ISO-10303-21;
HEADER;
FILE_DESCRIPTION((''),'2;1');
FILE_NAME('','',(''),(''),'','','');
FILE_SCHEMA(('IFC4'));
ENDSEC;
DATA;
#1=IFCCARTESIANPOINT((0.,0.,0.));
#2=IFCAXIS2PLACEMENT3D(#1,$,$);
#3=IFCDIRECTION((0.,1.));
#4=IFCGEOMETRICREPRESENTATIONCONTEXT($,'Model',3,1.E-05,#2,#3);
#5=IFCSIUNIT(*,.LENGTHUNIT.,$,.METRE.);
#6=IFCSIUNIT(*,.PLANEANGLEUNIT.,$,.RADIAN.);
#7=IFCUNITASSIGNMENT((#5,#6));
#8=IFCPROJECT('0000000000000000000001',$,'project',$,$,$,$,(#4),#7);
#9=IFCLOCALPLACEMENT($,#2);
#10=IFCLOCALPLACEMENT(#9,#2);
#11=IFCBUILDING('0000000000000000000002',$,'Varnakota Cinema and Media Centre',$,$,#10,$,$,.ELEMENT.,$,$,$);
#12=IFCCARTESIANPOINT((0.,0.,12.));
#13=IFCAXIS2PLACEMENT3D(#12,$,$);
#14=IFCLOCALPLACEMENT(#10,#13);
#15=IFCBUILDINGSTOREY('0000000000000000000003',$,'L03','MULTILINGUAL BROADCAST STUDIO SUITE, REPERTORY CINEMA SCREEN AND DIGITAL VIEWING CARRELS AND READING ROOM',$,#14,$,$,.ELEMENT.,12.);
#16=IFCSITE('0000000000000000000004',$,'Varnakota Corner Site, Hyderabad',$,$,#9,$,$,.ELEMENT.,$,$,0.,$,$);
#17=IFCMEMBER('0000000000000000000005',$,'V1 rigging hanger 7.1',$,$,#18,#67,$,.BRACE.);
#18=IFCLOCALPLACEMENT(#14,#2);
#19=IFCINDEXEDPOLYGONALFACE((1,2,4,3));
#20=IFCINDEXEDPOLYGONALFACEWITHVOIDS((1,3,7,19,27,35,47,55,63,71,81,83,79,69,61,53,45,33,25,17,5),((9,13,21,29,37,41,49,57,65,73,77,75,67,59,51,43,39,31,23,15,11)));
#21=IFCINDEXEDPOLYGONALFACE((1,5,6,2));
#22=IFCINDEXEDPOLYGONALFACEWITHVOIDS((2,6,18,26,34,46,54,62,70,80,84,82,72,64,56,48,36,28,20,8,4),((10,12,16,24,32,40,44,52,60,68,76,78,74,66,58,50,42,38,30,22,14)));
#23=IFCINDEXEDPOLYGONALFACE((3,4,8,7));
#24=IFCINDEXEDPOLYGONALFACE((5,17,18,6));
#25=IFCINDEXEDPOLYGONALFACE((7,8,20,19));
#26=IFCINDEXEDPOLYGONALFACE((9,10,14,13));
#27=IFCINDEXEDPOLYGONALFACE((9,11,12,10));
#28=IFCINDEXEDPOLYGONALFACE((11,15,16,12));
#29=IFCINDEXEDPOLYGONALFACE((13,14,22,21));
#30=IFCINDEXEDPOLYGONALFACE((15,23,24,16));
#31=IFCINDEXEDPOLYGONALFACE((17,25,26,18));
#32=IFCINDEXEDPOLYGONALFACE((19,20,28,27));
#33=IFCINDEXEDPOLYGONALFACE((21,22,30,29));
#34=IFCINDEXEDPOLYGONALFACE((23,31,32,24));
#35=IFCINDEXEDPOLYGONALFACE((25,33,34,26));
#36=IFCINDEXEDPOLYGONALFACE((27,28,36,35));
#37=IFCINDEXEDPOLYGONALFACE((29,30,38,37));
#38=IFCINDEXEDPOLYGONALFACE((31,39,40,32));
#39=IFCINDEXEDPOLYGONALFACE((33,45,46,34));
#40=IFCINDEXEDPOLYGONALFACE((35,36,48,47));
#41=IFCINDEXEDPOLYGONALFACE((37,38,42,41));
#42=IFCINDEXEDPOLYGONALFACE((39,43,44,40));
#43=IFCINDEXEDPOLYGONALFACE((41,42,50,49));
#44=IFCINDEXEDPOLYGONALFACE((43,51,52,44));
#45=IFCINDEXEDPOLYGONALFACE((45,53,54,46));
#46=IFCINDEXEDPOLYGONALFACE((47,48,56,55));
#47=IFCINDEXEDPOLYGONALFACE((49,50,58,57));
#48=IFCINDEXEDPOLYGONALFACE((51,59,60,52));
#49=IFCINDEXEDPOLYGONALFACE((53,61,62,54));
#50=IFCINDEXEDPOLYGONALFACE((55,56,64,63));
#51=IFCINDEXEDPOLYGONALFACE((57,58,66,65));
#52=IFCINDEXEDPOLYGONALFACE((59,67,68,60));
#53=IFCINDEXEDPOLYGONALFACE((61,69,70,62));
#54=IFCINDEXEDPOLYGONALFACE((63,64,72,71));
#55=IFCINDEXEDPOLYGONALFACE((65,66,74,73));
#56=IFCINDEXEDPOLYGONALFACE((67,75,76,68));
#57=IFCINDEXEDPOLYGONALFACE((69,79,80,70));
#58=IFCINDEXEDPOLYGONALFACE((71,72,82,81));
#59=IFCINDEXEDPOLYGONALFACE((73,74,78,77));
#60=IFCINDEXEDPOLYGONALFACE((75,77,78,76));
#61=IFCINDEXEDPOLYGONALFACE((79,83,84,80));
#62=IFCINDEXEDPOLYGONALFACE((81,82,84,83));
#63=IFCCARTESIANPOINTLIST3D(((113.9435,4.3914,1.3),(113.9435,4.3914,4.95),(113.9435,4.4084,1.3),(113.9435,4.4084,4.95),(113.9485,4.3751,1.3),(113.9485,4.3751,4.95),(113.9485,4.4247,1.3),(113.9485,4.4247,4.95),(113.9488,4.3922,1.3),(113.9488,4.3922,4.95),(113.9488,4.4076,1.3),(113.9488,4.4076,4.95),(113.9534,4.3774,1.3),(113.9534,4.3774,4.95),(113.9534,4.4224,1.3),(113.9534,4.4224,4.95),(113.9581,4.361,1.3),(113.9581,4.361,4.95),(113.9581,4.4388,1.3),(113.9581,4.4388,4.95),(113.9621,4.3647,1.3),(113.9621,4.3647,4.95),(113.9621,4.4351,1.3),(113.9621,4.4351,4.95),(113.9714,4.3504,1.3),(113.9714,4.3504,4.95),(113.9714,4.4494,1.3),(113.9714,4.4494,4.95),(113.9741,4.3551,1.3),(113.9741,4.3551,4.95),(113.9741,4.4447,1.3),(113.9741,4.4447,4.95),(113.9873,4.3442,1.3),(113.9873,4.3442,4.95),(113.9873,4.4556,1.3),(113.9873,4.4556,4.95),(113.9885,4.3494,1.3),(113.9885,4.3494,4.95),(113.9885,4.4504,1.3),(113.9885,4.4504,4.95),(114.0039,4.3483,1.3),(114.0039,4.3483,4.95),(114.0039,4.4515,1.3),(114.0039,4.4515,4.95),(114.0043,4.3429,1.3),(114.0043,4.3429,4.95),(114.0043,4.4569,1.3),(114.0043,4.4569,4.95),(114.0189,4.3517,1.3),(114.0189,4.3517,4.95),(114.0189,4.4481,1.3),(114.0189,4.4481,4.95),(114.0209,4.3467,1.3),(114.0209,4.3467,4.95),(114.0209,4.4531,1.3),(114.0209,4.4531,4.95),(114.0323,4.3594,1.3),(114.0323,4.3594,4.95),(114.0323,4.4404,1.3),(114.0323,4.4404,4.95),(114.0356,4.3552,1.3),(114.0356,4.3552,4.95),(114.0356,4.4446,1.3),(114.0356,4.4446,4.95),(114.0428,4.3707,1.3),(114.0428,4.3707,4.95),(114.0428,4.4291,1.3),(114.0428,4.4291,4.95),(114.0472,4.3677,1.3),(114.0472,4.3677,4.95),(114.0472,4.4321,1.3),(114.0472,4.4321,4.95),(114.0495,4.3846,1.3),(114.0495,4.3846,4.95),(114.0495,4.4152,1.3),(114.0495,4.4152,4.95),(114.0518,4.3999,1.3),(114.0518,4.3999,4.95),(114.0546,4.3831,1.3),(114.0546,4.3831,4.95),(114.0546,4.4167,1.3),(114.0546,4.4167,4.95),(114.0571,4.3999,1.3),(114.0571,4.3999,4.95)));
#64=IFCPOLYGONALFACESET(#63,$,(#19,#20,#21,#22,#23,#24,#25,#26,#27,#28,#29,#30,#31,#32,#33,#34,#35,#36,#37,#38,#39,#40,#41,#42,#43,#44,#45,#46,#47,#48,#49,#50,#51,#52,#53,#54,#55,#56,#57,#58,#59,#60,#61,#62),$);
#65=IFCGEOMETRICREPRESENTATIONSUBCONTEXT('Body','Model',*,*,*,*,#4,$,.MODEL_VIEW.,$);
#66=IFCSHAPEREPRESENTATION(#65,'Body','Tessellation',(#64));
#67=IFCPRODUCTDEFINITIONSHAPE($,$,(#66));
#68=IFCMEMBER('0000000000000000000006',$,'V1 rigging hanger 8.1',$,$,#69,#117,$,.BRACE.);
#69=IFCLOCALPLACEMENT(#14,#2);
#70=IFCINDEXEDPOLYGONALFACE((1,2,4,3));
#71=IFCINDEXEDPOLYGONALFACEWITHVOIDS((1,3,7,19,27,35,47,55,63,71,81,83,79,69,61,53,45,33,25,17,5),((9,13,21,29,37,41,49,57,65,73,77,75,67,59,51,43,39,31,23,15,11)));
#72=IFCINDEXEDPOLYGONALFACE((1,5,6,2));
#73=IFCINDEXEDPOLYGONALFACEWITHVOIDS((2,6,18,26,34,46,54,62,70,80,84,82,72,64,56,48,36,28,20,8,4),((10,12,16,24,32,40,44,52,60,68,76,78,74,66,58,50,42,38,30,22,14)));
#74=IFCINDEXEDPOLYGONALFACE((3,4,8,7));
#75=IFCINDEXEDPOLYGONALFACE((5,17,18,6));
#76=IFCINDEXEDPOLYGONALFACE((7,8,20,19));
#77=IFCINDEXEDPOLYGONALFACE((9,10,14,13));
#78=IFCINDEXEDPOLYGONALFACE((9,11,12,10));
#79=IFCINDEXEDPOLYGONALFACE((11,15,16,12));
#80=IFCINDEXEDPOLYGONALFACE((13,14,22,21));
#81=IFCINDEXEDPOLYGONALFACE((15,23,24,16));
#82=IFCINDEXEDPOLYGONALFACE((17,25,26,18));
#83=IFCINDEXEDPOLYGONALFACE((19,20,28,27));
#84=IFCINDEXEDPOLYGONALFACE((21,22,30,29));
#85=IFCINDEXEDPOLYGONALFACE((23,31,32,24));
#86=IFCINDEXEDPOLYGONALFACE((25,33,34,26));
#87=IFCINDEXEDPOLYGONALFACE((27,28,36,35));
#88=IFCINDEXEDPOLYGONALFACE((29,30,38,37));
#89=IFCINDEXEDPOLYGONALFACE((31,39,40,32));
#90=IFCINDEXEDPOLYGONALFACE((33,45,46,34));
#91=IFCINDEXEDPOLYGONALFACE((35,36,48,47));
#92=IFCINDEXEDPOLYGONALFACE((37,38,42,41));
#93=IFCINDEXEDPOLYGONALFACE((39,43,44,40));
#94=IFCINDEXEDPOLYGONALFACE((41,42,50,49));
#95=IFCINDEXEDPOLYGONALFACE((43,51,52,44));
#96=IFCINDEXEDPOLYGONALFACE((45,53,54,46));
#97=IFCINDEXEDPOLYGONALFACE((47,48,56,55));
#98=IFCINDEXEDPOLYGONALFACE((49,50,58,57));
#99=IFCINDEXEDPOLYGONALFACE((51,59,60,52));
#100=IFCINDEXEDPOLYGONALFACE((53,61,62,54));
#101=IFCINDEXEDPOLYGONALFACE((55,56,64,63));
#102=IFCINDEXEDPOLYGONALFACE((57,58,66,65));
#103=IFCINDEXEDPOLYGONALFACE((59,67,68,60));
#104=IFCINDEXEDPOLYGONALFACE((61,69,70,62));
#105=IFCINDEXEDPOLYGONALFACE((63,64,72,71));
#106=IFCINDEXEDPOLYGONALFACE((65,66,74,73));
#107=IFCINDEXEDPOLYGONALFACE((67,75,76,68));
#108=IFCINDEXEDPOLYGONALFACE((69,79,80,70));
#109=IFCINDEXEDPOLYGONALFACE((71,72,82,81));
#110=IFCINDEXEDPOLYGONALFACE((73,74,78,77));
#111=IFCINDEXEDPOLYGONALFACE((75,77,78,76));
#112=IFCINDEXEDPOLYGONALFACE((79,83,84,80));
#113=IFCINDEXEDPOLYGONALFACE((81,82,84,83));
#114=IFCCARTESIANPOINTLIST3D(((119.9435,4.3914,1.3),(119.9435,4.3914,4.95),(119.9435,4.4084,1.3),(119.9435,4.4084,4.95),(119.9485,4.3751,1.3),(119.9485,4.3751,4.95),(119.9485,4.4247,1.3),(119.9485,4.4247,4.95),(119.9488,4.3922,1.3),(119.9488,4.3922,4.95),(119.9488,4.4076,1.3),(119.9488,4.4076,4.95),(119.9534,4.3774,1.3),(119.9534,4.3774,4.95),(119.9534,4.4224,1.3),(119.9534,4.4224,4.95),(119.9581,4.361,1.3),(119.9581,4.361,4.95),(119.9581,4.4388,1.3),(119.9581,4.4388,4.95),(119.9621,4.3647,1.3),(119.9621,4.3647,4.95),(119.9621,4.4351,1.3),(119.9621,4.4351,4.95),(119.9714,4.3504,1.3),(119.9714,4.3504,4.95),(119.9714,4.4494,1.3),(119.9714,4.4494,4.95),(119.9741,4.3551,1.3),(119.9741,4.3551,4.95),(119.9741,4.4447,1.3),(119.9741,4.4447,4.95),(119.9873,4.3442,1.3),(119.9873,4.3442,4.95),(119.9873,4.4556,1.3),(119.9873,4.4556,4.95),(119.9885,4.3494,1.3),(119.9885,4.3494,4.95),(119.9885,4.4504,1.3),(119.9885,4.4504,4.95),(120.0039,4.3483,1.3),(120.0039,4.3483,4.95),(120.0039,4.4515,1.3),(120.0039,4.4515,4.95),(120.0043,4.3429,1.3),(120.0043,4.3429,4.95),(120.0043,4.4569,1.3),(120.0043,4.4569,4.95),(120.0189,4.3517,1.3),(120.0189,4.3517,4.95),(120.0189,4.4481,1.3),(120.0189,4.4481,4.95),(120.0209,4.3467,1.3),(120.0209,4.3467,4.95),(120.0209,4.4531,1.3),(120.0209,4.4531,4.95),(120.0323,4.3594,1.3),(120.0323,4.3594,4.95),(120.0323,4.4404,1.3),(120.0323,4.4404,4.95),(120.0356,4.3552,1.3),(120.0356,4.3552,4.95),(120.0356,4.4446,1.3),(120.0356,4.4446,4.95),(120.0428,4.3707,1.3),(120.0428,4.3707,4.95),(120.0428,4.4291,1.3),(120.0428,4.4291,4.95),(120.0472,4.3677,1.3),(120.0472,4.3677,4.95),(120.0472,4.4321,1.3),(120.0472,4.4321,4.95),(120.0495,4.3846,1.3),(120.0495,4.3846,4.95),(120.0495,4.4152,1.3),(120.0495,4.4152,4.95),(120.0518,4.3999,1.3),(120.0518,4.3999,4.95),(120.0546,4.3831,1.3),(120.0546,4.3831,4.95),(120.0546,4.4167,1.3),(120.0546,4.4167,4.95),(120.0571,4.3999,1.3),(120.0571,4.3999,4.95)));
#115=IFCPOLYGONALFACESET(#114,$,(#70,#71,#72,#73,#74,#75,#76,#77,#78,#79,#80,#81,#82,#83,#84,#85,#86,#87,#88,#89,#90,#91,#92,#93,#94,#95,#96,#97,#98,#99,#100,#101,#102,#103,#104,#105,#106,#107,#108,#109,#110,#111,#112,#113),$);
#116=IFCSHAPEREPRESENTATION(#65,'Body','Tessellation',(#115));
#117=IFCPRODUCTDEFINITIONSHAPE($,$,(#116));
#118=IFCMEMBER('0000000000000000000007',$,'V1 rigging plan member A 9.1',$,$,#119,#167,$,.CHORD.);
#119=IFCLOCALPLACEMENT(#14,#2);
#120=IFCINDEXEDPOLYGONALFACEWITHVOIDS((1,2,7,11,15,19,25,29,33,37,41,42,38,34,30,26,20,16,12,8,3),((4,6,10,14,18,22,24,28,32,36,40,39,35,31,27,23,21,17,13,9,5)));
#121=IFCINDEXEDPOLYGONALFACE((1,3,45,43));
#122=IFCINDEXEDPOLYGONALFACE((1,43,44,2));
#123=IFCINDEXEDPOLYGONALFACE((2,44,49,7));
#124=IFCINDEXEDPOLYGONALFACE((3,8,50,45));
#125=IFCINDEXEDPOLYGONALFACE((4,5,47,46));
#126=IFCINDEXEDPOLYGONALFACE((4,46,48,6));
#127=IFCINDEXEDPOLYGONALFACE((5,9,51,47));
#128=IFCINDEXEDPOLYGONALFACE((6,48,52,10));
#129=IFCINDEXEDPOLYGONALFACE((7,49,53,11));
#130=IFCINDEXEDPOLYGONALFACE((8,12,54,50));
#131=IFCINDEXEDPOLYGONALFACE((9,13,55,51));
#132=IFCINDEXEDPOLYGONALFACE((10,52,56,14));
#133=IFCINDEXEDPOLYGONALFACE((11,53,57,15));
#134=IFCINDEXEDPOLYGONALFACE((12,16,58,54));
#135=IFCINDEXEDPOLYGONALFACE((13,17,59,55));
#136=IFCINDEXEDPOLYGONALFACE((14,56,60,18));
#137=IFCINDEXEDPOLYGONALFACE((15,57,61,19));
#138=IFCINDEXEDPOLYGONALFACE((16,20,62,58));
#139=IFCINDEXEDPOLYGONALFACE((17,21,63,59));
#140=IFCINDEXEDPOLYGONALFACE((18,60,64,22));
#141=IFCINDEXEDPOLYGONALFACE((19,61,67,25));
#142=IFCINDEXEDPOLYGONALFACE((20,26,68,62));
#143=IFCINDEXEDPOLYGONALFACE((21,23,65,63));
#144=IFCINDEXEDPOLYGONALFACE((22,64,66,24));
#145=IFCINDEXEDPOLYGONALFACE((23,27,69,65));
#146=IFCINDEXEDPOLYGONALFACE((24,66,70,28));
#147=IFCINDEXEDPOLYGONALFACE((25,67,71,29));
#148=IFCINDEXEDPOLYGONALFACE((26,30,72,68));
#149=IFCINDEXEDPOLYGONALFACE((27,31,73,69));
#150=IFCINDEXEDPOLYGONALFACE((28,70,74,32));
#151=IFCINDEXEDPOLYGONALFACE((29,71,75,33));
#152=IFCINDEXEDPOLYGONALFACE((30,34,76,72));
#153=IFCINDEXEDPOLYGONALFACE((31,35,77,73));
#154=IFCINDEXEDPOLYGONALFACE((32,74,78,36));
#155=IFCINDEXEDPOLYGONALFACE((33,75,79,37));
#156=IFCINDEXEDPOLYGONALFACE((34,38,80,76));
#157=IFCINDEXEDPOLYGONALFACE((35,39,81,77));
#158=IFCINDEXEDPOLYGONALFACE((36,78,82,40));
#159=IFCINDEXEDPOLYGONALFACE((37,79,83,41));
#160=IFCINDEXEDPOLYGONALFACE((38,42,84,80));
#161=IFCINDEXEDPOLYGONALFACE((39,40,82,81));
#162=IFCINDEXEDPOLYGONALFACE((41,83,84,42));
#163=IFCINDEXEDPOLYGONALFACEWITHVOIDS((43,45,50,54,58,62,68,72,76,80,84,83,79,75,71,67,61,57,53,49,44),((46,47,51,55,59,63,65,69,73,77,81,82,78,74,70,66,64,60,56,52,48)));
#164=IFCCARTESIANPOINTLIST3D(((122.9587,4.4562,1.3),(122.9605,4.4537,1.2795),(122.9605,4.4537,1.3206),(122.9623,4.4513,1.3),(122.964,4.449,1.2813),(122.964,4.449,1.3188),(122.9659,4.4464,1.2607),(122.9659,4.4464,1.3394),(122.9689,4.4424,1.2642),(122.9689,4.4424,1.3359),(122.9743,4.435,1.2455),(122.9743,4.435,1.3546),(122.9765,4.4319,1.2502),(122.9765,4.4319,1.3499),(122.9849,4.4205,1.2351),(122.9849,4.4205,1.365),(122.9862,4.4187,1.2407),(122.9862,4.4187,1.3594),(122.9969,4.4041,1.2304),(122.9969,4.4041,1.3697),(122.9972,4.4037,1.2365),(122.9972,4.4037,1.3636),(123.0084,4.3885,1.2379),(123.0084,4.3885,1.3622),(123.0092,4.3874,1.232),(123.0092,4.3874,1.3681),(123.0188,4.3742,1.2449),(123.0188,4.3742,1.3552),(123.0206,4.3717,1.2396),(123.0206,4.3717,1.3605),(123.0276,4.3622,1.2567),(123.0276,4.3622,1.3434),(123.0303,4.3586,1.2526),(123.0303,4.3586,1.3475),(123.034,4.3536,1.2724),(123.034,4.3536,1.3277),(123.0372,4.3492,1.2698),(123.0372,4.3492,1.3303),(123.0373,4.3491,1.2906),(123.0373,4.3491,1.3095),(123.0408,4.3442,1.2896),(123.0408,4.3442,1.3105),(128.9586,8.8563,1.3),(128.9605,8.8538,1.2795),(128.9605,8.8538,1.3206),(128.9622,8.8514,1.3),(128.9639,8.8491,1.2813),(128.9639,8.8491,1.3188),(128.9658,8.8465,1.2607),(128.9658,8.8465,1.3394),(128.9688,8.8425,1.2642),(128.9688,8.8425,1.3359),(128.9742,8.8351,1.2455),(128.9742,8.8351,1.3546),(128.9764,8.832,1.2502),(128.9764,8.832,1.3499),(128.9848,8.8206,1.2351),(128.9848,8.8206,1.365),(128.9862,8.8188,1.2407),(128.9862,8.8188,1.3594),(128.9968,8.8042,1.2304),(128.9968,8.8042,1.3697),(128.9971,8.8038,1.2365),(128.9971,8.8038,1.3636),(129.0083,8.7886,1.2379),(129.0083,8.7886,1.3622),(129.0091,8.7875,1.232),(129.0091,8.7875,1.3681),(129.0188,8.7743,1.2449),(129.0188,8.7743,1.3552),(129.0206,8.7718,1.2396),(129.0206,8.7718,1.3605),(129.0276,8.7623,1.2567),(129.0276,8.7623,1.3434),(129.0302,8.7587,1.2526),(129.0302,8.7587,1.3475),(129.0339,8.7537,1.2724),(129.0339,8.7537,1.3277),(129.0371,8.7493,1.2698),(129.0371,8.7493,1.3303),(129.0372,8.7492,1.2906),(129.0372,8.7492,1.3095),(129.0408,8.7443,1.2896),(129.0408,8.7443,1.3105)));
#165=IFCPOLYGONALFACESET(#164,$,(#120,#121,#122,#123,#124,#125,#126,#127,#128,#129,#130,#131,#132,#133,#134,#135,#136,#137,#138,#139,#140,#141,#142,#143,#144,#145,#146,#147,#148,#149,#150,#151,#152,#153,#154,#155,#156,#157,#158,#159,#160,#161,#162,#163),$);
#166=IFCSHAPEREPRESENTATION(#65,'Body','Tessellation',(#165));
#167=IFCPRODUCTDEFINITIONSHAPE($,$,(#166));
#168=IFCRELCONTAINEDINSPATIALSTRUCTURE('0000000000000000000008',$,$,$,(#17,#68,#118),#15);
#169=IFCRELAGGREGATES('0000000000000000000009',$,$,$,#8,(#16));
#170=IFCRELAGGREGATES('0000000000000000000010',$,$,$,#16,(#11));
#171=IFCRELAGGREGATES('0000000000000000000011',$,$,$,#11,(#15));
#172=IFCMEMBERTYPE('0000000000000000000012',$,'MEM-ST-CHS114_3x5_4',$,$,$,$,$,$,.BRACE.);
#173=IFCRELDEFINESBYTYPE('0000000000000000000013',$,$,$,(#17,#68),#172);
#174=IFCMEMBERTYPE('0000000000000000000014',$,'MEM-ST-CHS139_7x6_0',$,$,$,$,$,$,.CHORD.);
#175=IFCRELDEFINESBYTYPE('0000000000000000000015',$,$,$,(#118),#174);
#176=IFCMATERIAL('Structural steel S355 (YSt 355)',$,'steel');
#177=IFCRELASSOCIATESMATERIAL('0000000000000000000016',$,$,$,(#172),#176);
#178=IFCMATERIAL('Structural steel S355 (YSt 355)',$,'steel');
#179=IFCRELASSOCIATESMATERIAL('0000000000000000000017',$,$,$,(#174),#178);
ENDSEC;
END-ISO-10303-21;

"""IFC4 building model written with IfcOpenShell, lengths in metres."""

from ifc_helpers import new_model, si_unit, direction, frame, origin, origin_2d, place, context, subcontext, project, spatial, hollow_circle, extrude, material, material_profile, profile_set, type_object, element, save


model = new_model("IFC4")

# Units and contexts
model_context = context("Model", 3, precision=1e-05, world=origin(), true_north=direction((0.0, 1.0)))
body_context = subcontext(model_context, "Body", "Model", "MODEL_VIEW")
ifc_project = project(units=[si_unit("LENGTHUNIT", "METRE"), si_unit("PLANEANGLEUNIT", "RADIAN")], contexts=[model_context])

# Site, building, storey
site_placement = place(None, origin())
site = spatial("IfcSite", under=ifc_project, at=site_placement, Name="Varnakota Corner Site, Hyderabad", CompositionType="ELEMENT", RefElevation=0.0)
building_placement = place(site_placement, origin())
building = spatial("IfcBuilding", under=site, at=building_placement, Name="Varnakota Cinema and Media Centre", CompositionType="ELEMENT")
storey_placement = place(building_placement, frame((0.0, 0.0, 12.0)))
storey = spatial("IfcBuildingStorey", under=building, at=storey_placement, Name="L03", Description="MULTILINGUAL BROADCAST STUDIO SUITE, REPERTORY CINEMA SCREEN AND DIGITAL VIEWING CARRELS AND READING ROOM", CompositionType="ELEMENT", Elevation=12.0)

# Members
ifc_material_1 = material(Name="Structural steel S355 (YSt 355)", Category="steel")
ifc_material_profile_1 = material_profile(ifc_material_1, hollow_circle(Radius=0.0571, WallThickness=0.0054, at=origin_2d()), Name="CHS 114.3x5.4")
ifc_profile_set_1 = profile_set([ifc_material_profile_1], Name="Structural steel S355 (YSt 355)")
member_type_1 = type_object("IfcMemberType", Name="MEM-ST-CHS114_3x5_4", PredefinedType="BRACE", material=ifc_profile_set_1)
for number, where, z_axis, x_axis, name in (
    (1, (114.0, 4.3999, 1.3), (0.0, 0.0, 1.0), (1.0, 0.0, 0.0), "V1 rigging hanger 7.1"),
    (2, (120.0, 4.3999, 1.3), (0.0, 0.0, 1.0), (1.0, 0.0, 0.0), "V1 rigging hanger 8.1"),
):
    element("IfcMember", number, at=place(storey_placement, frame(where, z_axis=z_axis, x_axis=x_axis)), inside=storey, type_object=member_type_1, Name=name, PredefinedType="BRACE", context=body_context, shape_type="SweptSolid", body=[
        extrude(hollow_circle(Radius=0.0571, WallThickness=0.0054, at=origin_2d()), origin(), (0.0, 0.0, 1.0), 3.6499),
    ])
ifc_material_2 = material(Name="Structural steel S355 (YSt 355)", Category="steel")
ifc_material_profile_2 = material_profile(ifc_material_2, hollow_circle(Radius=0.0698, WallThickness=0.0061, at=origin_2d()), Name="CHS 139.7x6.0")
ifc_profile_set_2 = profile_set([ifc_material_profile_2], Name="Structural steel S355 (YSt 355)")
member_type_2 = type_object("IfcMemberType", Name="MEM-ST-CHS139_7x6_0", PredefinedType="CHORD", material=ifc_profile_set_2)
member_1_placement = place(storey_placement, frame((123.0, 4.3999, 1.3), z_axis=(0.806396, 0.591376, 0.0), x_axis=(-0.591376, 0.806396, 0.0)))
element("IfcMember", 3, at=member_1_placement, inside=storey, type_object=member_type_2, Name="V1 rigging plan member A 9.1", PredefinedType="CHORD", context=body_context, shape_type="SweptSolid", body=[
    extrude(hollow_circle(Radius=0.0698, WallThickness=0.0061, at=origin_2d()), origin(), (0.0, 0.0, 1.0), 7.4404),
])

save(model, "model.ifc")
